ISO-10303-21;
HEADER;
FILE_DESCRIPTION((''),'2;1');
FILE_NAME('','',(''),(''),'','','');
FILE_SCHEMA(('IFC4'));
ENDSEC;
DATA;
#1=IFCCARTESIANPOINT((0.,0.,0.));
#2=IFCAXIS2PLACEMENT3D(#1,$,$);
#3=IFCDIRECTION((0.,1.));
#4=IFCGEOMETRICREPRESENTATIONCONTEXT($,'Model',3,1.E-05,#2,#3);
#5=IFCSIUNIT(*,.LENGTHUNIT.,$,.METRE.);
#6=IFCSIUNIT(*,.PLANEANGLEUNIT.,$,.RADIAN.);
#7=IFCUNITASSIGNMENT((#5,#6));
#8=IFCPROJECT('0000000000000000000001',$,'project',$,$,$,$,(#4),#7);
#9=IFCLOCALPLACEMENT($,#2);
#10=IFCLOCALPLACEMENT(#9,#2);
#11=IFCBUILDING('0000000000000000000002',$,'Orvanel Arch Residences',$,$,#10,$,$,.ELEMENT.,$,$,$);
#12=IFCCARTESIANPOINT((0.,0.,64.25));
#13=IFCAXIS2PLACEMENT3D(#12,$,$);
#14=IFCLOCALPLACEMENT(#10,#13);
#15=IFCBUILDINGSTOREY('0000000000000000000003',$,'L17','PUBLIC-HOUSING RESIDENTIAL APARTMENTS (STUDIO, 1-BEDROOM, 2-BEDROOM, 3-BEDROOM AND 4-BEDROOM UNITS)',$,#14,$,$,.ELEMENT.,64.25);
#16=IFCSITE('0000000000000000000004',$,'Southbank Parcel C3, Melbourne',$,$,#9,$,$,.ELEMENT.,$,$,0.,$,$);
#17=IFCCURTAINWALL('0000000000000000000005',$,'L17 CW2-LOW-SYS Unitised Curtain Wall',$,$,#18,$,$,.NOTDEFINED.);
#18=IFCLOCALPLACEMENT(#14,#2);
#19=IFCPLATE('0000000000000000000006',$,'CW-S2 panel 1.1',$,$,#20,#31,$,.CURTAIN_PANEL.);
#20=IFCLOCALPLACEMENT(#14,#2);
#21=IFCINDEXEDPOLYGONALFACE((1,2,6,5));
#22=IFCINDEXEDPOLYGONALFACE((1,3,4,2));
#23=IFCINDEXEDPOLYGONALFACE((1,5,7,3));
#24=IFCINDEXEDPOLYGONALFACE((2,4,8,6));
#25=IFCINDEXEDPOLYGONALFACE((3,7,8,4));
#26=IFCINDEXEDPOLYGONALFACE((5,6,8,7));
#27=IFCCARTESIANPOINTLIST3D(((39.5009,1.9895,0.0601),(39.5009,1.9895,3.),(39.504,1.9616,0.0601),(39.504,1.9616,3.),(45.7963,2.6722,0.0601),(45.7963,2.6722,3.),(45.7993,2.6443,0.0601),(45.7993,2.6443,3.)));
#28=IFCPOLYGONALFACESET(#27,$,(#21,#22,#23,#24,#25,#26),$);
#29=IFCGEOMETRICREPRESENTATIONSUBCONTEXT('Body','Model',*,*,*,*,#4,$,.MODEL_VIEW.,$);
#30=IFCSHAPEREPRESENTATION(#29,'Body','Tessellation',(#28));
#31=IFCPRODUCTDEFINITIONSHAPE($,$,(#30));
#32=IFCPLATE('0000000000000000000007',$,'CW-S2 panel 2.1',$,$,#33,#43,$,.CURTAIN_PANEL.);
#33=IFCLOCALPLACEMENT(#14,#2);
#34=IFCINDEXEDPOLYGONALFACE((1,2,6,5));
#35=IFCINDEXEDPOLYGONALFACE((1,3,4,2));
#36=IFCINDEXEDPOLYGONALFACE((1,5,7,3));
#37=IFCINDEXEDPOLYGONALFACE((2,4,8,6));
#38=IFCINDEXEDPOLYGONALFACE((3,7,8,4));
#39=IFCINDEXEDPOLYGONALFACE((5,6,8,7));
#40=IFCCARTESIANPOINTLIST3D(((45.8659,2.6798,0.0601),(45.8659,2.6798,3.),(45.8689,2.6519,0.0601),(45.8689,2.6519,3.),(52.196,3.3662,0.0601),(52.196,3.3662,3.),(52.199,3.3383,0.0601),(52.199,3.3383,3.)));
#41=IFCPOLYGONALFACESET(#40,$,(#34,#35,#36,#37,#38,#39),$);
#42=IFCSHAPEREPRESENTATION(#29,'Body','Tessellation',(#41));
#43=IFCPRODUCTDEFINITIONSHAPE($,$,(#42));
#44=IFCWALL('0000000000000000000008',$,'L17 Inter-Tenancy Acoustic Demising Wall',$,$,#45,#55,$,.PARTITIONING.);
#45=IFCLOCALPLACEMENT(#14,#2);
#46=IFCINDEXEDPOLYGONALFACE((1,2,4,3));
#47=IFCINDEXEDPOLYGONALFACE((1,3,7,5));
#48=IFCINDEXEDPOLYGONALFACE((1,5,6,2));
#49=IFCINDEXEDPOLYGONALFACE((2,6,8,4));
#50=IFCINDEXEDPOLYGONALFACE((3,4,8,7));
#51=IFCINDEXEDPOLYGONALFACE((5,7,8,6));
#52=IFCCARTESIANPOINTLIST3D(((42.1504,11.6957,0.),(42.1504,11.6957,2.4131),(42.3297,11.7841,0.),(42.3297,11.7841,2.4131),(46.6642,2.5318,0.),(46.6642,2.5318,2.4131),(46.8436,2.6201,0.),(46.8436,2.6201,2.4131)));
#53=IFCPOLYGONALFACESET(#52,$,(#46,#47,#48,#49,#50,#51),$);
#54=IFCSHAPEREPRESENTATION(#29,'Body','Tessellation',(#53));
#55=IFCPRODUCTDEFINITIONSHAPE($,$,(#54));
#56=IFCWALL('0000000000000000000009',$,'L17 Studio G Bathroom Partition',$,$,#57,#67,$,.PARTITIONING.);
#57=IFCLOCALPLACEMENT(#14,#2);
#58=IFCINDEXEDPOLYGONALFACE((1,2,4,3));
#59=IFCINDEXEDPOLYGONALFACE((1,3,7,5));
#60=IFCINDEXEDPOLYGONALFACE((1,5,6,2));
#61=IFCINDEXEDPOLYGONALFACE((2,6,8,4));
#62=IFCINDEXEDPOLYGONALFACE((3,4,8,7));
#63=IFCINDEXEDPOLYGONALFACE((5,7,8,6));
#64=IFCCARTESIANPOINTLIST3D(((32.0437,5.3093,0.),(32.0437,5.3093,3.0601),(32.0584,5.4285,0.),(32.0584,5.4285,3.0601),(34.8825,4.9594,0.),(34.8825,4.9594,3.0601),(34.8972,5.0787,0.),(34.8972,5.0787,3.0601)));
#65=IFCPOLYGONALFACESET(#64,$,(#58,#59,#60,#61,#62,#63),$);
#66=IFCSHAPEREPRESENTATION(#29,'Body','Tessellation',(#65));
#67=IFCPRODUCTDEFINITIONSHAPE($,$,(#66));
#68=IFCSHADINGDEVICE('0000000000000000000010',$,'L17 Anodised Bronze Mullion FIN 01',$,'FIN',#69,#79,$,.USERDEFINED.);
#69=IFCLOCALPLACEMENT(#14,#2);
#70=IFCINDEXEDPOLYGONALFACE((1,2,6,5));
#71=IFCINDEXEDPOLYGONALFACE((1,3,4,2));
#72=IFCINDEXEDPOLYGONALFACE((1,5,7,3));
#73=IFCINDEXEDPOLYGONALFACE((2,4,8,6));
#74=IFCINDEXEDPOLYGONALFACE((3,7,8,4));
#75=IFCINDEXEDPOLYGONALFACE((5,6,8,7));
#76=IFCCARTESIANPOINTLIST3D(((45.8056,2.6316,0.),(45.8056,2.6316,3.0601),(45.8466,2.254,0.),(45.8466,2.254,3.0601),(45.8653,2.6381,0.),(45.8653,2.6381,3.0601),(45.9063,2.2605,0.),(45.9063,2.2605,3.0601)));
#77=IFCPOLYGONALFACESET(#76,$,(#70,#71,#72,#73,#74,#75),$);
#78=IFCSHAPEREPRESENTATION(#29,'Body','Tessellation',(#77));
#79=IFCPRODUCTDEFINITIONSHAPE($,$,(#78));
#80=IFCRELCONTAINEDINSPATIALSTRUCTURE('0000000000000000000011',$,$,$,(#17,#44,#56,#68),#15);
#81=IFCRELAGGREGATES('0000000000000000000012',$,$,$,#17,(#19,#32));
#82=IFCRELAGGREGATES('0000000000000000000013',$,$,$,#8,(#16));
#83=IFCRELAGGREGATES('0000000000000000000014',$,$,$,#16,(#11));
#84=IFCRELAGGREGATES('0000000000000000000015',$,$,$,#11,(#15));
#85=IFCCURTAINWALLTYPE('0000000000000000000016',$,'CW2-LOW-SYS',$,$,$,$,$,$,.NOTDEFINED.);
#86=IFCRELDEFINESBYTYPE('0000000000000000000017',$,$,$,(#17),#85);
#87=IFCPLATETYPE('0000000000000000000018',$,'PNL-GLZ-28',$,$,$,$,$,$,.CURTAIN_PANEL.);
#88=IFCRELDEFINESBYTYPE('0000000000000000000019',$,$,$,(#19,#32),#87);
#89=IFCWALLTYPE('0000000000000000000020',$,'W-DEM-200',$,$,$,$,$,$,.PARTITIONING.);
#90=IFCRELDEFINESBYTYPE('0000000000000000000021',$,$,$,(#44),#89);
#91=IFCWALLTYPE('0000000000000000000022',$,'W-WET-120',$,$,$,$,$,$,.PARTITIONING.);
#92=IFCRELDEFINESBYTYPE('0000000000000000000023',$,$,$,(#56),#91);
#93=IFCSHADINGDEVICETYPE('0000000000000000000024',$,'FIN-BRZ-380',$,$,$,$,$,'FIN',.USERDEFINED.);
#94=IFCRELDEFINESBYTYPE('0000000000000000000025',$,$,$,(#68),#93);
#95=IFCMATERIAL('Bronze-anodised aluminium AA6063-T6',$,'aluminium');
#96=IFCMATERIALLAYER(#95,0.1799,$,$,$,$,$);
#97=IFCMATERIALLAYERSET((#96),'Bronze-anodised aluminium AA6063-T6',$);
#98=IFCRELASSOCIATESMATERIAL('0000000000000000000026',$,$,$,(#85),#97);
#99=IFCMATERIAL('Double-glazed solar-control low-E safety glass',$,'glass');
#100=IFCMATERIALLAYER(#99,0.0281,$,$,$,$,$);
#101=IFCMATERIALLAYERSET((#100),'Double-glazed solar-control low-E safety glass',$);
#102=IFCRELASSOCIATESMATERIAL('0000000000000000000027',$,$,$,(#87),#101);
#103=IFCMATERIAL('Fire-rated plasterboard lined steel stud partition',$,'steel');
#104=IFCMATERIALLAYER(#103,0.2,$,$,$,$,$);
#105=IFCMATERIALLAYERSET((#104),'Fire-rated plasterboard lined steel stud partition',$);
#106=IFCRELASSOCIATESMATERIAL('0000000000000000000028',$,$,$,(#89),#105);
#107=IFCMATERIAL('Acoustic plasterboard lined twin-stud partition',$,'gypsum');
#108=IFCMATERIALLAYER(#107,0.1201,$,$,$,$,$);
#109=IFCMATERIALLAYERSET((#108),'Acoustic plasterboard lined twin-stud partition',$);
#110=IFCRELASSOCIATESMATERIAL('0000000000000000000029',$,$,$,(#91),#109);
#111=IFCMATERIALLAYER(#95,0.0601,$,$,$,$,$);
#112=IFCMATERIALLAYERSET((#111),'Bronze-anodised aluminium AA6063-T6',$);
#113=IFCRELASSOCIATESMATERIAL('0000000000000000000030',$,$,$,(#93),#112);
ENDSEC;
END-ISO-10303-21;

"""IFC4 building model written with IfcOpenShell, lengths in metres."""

from ifc_helpers import new_model, si_unit, direction, frame, frame_2d, origin, origin_2d, place, context, subcontext, project, spatial, rectangle, extrude, material, layer, layer_set, type_object, element, aggregate, save


model = new_model("IFC4")

# Units and contexts
model_context = context("Model", 3, precision=1e-05, world=origin(), true_north=direction((0.0, 1.0)))
body_context = subcontext(model_context, "Body", "Model", "MODEL_VIEW")
ifc_project = project(units=[si_unit("LENGTHUNIT", "METRE"), si_unit("PLANEANGLEUNIT", "RADIAN")], contexts=[model_context])

# Site, building, storey
site_placement = place(None, origin())
site = spatial("IfcSite", under=ifc_project, at=site_placement, Name="Southbank Parcel C3, Melbourne", CompositionType="ELEMENT", RefElevation=0.0)
building_placement = place(site_placement, origin())
building = spatial("IfcBuilding", under=site, at=building_placement, Name="Orvanel Arch Residences", CompositionType="ELEMENT")
storey_placement = place(building_placement, frame((0.0, 0.0, 64.25)))
storey = spatial("IfcBuildingStorey", under=building, at=storey_placement, Name="L17", Description="PUBLIC-HOUSING RESIDENTIAL APARTMENTS (STUDIO, 1-BEDROOM, 2-BEDROOM, 3-BEDROOM AND 4-BEDROOM UNITS)", CompositionType="ELEMENT", Elevation=64.25)

# Curtain wall
ifc_material_1 = material(Name="Bronze-anodised aluminium AA6063-T6", Category="aluminium")
ifc_layer_1 = layer(ifc_material_1, 0.1799)
ifc_layer_set_1 = layer_set([ifc_layer_1], Name="Bronze-anodised aluminium AA6063-T6")
curtain_wall_type = type_object("IfcCurtainWallType", Name="CW2-LOW-SYS", PredefinedType="NOTDEFINED", material=ifc_layer_set_1)
curtain_wall_placement = place(storey_placement, origin())
curtain_wall = element("IfcCurtainWall", 1, at=curtain_wall_placement, inside=storey, type_object=curtain_wall_type, Name="L17 CW2-LOW-SYS Unitised Curtain Wall", PredefinedType="NOTDEFINED")

# Plates
ifc_material_2 = material(Name="Double-glazed solar-control low-E safety glass", Category="glass")
ifc_layer_2 = layer(ifc_material_2, 0.0281)
ifc_layer_set_2 = layer_set([ifc_layer_2], Name="Double-glazed solar-control low-E safety glass")
plate_type = type_object("IfcPlateType", Name="PNL-GLZ-28", PredefinedType="CURTAIN_PANEL", material=ifc_layer_set_2)
plate_1_placement = place(storey_placement, frame((42.6501, 2.3169, 0.0601), z_axis=(0.0, 0.0, 1.0), x_axis=(0.994171, 0.107811, 0.0)))
plate_1 = element("IfcPlate", 2, at=plate_1_placement, type_object=plate_type, Name="CW-S2 panel 1.1", PredefinedType="CURTAIN_PANEL", context=body_context, shape_type="SweptSolid", body=[
    extrude(rectangle(XDim=6.3323, YDim=0.0281, at=origin_2d()), origin(), (0.0, 0.0, 1.0), 2.9399),
])
plate_2_placement = place(storey_placement, frame((49.0325, 3.009, 0.0601), z_axis=(0.0, 0.0, 1.0), x_axis=(0.994171, 0.107811, 0.0)))
plate_2 = element("IfcPlate", 3, at=plate_2_placement, type_object=plate_type, Name="CW-S2 panel 2.1", PredefinedType="CURTAIN_PANEL", context=body_context, shape_type="SweptSolid", body=[
    extrude(rectangle(XDim=6.3672, YDim=0.0281, at=origin_2d()), origin(), (0.0, 0.0, 1.0), 2.9399),
])
aggregate(curtain_wall, [plate_1, plate_2])

# Walls
ifc_material_3 = material(Name="Fire-rated plasterboard lined steel stud partition", Category="steel")
ifc_layer_3 = layer(ifc_material_3, 0.2)
ifc_layer_set_3 = layer_set([ifc_layer_3], Name="Fire-rated plasterboard lined steel stud partition")
wall_type_1 = type_object("IfcWallType", Name="W-DEM-200", PredefinedType="PARTITIONING", material=ifc_layer_set_3)
wall_1_placement = place(storey_placement, frame((46.7539, 2.5759, 0.0), z_axis=(0.0, 0.0, 1.0), x_axis=(-0.441871, 0.897078, 0.0)))
element("IfcWall", 4, at=wall_1_placement, inside=storey, type_object=wall_type_1, Name="L17 Inter-Tenancy Acoustic Demising Wall", PredefinedType="PARTITIONING", context=body_context, shape_type="SweptSolid", body=[
    extrude(rectangle(XDim=10.2153, YDim=0.2, at=frame_2d((5.1077, 0.0))), origin(), (0.0, 0.0, 1.0), 2.4131),
])
ifc_material_4 = material(Name="Acoustic plasterboard lined twin-stud partition", Category="gypsum")
ifc_layer_4 = layer(ifc_material_4, 0.1201)
ifc_layer_set_4 = layer_set([ifc_layer_4], Name="Acoustic plasterboard lined twin-stud partition")
wall_type_2 = type_object("IfcWallType", Name="W-WET-120", PredefinedType="PARTITIONING", material=ifc_layer_set_4)
wall_2_placement = place(storey_placement, frame((34.8899, 5.019, 0.0), z_axis=(0.0, 0.0, 1.0), x_axis=(-0.992492, 0.122312, 0.0)))
element("IfcWall", 5, at=wall_2_placement, inside=storey, type_object=wall_type_2, Name="L17 Studio G Bathroom Partition", PredefinedType="PARTITIONING", context=body_context, shape_type="SweptSolid", body=[
    extrude(rectangle(XDim=2.8604, YDim=0.1201, at=frame_2d((1.4302, 0.0))), origin(), (0.0, 0.0, 1.0), 3.0601),
])

# Shading device
ifc_layer_5 = layer(ifc_material_1, 0.0601)
ifc_layer_set_5 = layer_set([ifc_layer_5], Name="Bronze-anodised aluminium AA6063-T6")
shading_device_type = type_object("IfcShadingDeviceType", Name="FIN-BRZ-380", ElementType="FIN", PredefinedType="USERDEFINED", material=ifc_layer_set_5)
shading_device_placement = place(storey_placement, frame((45.856, 2.446, 0.0), z_axis=(0.0, 0.0, 1.0), x_axis=(0.107999, -0.994151, 0.0)))
element("IfcShadingDevice", 6, at=shading_device_placement, inside=storey, type_object=shading_device_type, Name="L17 Anodised Bronze Mullion FIN 01", ObjectType="FIN", PredefinedType="USERDEFINED", context=body_context, shape_type="SweptSolid", body=[
    extrude(rectangle(XDim=0.3799, YDim=0.0601, at=origin_2d()), origin(), (0.0, 0.0, 1.0), 3.0601),
])

save(model, "model.ifc")
